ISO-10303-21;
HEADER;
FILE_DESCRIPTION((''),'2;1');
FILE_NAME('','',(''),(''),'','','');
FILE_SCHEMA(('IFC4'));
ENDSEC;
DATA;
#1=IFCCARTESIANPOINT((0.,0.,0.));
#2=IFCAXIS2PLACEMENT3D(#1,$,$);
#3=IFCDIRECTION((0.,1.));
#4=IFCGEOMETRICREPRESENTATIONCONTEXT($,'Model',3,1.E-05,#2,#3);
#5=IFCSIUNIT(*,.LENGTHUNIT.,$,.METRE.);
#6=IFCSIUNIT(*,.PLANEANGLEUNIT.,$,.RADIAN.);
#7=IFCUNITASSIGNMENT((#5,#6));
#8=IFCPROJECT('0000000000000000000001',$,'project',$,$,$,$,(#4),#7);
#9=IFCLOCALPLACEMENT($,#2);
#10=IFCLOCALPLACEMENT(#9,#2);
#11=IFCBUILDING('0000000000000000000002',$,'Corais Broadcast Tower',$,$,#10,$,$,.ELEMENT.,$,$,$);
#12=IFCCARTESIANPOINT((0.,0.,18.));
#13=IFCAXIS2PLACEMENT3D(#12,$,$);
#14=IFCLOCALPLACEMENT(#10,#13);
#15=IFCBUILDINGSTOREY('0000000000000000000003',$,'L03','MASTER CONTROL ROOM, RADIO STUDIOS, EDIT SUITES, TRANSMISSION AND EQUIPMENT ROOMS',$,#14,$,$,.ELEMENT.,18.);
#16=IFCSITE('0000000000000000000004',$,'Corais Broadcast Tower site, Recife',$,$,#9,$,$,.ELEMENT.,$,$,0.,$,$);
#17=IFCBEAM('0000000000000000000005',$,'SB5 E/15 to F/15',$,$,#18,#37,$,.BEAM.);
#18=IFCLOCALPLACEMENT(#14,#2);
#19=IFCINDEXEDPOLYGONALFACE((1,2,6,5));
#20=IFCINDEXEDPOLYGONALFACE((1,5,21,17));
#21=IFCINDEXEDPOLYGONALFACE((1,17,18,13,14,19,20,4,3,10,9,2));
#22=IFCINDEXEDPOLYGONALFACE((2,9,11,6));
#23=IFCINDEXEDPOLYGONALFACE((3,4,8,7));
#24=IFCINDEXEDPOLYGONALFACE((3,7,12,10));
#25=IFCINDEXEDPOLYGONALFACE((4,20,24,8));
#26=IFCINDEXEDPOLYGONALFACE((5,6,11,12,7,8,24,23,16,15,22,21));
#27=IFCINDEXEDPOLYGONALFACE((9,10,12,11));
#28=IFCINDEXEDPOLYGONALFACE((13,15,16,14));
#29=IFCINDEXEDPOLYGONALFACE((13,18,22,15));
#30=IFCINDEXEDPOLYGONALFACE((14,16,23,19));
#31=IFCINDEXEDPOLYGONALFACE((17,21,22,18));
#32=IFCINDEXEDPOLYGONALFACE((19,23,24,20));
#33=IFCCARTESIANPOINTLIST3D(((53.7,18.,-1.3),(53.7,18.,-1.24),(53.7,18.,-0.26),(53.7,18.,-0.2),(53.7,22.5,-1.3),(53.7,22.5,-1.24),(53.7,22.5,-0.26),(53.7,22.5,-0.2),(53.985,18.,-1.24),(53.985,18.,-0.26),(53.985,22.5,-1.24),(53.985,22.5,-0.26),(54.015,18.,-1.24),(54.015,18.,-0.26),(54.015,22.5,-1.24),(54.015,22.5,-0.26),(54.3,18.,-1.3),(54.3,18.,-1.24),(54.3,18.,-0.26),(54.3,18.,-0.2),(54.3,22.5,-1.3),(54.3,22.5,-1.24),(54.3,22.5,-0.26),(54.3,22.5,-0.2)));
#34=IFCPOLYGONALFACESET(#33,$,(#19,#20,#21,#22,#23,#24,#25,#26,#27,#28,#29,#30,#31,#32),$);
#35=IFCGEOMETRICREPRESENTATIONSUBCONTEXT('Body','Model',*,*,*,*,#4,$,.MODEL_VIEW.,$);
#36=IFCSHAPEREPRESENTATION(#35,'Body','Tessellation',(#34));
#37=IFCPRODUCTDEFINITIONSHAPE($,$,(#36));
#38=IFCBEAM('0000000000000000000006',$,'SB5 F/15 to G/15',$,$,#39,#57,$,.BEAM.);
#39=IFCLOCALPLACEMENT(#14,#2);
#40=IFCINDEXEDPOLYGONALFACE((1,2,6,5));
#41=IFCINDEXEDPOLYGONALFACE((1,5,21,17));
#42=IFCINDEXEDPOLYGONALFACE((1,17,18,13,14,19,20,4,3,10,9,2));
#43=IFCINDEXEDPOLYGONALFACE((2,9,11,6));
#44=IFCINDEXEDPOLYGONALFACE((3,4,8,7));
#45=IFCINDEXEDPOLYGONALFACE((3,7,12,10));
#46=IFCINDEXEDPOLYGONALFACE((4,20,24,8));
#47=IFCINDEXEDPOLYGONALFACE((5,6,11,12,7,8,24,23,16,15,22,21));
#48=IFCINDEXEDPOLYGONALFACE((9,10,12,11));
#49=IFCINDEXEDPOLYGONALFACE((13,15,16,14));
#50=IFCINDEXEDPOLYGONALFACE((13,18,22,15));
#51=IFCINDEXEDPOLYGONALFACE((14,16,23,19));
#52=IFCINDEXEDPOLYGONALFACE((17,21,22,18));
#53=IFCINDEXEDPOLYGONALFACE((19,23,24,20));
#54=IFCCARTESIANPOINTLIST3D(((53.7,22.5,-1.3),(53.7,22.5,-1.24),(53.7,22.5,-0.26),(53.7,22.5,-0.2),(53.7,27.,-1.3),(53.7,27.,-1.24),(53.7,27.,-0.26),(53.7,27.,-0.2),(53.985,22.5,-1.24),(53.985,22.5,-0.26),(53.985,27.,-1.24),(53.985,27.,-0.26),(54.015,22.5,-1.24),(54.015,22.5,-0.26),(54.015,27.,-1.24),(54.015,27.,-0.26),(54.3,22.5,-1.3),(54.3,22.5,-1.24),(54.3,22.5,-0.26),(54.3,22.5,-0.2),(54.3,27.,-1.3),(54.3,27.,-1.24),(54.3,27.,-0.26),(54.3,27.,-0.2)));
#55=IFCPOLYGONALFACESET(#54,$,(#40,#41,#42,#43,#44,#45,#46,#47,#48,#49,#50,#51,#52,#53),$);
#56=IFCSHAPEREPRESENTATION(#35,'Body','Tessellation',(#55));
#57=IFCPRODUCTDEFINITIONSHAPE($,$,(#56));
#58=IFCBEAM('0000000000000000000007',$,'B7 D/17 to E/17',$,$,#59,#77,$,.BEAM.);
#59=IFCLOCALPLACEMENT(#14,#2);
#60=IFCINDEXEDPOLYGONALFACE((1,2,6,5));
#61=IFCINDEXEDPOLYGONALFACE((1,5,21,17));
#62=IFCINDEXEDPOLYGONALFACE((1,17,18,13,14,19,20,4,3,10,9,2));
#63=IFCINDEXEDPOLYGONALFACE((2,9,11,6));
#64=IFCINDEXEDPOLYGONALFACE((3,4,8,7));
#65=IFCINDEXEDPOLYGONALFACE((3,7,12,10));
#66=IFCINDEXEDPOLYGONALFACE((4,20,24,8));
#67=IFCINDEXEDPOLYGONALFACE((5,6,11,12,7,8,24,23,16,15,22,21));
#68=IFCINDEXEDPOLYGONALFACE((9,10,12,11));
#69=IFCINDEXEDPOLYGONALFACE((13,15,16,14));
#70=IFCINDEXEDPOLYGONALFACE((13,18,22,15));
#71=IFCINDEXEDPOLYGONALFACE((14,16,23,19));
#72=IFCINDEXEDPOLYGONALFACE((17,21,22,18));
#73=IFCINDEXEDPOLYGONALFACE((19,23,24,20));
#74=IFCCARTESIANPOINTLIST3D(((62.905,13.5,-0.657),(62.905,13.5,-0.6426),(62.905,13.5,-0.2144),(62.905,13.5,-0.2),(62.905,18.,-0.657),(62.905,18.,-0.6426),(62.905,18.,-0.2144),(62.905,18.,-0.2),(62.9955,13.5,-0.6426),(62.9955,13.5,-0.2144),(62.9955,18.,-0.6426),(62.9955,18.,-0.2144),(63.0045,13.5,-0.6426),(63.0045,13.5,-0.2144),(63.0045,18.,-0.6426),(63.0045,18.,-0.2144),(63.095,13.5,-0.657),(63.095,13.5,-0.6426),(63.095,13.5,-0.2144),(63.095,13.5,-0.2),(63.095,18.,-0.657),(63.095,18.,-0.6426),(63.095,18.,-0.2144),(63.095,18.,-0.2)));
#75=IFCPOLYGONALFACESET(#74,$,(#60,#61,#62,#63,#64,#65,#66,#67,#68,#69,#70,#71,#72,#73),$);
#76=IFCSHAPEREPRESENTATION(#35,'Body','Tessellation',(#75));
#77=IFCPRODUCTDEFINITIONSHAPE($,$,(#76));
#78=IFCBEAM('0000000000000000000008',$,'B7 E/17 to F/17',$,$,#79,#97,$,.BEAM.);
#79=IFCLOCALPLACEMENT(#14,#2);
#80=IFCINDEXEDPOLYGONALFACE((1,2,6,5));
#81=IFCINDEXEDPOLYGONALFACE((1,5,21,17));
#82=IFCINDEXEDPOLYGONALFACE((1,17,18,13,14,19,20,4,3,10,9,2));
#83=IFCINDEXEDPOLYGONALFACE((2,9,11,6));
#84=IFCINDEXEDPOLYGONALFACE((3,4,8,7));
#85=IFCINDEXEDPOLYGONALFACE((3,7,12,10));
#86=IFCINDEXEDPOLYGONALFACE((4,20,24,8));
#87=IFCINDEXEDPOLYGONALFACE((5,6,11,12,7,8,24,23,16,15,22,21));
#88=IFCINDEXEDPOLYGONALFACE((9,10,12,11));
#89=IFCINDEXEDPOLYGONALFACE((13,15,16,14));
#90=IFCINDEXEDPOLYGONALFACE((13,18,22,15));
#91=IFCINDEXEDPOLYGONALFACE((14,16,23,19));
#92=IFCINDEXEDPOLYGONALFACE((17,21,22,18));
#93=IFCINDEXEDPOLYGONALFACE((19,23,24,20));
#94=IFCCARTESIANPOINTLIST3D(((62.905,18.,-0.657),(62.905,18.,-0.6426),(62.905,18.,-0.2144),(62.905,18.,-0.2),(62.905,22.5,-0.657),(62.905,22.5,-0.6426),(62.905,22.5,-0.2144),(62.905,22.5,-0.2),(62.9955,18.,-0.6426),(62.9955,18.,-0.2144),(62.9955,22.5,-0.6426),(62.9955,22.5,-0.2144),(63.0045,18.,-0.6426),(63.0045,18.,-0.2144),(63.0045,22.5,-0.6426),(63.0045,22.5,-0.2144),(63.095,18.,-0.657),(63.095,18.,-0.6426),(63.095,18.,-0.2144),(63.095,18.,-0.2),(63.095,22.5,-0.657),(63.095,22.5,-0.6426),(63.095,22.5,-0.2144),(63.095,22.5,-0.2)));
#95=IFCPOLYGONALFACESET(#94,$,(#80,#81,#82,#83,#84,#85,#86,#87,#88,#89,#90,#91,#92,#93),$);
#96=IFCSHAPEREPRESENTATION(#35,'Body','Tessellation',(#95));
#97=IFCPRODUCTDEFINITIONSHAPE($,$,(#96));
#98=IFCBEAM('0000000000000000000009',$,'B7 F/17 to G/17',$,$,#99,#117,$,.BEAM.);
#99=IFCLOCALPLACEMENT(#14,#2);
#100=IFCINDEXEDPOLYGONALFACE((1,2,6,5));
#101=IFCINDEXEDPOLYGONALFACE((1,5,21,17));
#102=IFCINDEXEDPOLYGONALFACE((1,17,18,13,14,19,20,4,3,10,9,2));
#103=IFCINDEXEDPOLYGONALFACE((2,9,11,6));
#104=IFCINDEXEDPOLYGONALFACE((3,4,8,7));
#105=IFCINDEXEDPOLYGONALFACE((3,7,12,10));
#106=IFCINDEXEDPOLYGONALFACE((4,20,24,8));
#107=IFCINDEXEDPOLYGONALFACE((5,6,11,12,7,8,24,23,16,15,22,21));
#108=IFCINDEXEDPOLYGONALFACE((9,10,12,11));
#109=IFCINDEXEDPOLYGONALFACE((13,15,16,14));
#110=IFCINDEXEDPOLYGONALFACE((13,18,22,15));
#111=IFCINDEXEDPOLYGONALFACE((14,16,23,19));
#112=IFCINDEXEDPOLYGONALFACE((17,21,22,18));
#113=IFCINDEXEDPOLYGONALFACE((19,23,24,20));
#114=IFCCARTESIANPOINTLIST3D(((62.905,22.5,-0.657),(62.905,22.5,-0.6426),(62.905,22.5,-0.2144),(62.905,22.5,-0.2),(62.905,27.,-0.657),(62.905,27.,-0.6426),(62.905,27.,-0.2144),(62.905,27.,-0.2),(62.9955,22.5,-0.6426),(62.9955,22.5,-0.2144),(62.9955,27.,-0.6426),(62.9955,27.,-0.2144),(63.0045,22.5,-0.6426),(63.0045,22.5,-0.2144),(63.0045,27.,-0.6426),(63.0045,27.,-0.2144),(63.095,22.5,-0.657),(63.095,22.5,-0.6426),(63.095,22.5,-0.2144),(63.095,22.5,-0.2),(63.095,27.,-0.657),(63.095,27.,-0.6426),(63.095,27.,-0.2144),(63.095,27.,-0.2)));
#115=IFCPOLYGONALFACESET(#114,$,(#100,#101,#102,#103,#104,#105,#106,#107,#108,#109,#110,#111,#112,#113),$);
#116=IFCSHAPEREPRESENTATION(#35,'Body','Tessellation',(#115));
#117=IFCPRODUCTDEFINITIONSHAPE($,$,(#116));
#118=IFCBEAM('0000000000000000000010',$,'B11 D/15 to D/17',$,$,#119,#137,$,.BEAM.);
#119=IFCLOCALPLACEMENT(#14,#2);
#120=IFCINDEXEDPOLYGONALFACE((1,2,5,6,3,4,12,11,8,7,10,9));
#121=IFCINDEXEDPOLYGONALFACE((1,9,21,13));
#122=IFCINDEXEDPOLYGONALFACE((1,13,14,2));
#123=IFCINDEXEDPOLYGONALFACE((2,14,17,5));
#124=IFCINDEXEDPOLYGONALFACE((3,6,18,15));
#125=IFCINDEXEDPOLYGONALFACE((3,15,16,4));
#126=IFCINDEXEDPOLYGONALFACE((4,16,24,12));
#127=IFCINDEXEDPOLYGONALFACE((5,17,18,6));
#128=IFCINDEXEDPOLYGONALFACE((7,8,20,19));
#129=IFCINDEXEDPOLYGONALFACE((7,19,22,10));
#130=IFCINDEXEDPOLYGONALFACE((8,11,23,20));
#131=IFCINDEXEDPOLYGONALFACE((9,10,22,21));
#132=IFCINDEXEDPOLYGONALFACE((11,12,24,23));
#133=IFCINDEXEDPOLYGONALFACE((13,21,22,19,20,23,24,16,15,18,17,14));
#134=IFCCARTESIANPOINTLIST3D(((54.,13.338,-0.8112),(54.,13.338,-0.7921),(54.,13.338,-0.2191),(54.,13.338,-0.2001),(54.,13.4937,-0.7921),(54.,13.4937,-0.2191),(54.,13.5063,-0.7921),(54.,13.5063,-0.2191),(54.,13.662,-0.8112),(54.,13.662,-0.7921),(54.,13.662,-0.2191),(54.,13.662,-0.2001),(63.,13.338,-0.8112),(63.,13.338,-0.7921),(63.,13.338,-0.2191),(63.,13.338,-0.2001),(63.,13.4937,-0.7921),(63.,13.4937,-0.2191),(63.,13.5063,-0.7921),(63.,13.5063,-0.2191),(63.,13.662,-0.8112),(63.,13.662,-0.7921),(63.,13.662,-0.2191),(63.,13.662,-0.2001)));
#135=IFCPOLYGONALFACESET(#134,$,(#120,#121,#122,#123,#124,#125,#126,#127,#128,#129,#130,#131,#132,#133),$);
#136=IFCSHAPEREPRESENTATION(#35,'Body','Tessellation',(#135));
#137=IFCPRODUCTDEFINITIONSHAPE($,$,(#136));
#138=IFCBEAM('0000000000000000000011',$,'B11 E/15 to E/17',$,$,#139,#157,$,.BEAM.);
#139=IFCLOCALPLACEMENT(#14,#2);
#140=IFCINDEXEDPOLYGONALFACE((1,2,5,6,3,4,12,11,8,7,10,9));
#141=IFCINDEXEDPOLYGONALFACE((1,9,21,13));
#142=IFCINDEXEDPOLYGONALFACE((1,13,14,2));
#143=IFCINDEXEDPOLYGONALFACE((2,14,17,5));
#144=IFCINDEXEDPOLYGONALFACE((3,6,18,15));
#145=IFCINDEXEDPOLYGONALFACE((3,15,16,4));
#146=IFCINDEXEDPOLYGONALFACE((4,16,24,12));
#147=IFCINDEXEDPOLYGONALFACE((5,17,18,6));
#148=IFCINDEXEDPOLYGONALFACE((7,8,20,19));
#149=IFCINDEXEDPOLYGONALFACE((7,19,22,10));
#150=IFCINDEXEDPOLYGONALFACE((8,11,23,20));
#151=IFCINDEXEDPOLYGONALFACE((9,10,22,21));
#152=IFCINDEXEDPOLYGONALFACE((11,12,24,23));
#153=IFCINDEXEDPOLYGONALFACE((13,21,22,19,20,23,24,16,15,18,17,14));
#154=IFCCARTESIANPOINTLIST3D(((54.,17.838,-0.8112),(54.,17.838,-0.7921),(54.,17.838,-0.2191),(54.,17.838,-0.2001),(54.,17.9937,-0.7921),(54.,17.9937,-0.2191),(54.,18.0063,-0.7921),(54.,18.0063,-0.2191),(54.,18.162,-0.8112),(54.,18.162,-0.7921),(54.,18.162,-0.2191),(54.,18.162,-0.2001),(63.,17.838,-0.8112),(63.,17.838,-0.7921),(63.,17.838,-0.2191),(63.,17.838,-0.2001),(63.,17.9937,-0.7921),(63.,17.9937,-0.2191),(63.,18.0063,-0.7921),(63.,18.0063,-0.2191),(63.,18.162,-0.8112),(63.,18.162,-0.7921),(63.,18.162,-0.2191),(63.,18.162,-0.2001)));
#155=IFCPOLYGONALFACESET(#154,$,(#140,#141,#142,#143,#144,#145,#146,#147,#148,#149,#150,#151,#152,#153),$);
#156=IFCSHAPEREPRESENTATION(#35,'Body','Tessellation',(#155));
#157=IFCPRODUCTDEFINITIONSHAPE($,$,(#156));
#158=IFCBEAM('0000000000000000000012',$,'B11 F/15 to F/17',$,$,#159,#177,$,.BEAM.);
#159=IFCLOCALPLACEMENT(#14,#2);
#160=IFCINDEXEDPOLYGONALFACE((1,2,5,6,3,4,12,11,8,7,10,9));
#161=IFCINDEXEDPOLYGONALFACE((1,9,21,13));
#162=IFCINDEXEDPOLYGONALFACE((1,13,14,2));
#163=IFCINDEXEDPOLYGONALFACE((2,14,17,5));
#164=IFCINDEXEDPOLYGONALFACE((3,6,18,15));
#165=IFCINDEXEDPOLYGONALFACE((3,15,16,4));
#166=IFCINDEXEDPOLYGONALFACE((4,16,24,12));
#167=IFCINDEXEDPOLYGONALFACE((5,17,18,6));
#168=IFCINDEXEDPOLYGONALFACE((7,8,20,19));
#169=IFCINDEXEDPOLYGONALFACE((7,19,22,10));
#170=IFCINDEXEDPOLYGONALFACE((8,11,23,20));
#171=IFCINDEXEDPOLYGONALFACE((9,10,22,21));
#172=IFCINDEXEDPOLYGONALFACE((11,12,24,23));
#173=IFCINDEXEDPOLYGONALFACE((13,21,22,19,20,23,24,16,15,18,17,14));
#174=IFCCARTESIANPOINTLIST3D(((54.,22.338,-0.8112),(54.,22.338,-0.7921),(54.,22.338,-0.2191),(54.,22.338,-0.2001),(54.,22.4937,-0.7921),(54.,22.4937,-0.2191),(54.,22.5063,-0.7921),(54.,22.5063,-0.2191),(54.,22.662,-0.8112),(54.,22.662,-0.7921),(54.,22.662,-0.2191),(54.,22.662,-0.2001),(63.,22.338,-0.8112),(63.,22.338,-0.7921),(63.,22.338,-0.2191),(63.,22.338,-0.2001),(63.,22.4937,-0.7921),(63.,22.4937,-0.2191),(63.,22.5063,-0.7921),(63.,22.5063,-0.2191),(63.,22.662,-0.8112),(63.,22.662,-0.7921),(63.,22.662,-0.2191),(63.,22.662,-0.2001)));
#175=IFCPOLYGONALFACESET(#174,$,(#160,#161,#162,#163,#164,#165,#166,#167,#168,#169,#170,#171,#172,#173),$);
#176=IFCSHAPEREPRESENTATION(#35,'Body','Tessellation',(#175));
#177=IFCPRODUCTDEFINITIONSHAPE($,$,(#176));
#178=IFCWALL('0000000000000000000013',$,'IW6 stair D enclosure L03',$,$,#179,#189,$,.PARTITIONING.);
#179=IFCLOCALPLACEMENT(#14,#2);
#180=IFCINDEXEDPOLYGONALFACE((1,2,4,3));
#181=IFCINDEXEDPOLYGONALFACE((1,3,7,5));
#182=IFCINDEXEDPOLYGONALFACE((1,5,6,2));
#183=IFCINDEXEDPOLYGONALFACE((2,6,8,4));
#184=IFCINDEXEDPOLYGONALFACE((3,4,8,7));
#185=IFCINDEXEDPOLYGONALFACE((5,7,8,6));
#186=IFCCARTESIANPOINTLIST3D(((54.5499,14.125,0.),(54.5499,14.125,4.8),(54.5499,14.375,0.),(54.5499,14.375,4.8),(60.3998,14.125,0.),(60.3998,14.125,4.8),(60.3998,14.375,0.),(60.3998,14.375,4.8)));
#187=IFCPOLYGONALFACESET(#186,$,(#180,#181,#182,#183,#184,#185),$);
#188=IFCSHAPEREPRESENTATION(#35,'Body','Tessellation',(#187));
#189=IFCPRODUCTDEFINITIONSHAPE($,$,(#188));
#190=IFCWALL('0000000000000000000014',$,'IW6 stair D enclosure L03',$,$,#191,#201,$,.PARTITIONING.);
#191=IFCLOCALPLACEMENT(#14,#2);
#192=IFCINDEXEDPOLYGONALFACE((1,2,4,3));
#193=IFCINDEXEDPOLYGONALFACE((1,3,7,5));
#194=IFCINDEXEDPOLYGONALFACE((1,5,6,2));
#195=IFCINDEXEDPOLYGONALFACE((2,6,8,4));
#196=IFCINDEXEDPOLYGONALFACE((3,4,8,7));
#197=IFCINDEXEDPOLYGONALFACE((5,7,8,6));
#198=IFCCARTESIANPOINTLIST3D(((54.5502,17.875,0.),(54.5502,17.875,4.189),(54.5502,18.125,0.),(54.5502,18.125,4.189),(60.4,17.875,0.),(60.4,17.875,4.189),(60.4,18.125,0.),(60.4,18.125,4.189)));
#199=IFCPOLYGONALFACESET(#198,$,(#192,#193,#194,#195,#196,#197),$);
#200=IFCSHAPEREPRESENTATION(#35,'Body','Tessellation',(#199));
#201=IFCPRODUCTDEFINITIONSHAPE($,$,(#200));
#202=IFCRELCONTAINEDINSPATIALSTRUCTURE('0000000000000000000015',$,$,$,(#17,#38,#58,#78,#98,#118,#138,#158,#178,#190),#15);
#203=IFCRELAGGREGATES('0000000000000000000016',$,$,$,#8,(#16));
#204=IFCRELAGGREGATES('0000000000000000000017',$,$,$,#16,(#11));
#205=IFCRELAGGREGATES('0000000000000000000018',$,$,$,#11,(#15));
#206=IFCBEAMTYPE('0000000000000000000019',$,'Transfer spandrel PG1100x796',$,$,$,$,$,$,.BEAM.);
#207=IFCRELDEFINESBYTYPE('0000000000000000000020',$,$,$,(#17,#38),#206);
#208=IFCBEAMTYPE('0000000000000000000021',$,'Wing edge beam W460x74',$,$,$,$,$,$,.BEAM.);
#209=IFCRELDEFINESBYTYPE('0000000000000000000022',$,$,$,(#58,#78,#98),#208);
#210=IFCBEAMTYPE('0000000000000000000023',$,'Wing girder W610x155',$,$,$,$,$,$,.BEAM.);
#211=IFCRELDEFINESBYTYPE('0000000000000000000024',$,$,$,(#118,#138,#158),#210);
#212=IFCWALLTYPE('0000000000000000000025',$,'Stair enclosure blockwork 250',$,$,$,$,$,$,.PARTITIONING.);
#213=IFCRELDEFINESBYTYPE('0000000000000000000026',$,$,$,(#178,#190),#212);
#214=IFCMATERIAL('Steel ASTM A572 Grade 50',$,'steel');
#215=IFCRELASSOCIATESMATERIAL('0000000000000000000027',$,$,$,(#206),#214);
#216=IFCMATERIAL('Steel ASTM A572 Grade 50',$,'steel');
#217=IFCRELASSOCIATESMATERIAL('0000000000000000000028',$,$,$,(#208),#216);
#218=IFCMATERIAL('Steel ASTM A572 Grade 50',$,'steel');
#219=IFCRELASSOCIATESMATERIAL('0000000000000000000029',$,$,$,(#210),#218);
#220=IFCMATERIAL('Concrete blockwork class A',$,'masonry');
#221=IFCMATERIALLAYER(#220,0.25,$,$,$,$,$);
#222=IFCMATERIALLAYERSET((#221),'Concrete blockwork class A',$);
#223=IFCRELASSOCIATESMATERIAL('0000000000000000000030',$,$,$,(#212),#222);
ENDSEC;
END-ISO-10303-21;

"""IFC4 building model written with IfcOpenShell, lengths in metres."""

from ifc_helpers import new_model, si_unit, direction, frame, frame_2d, origin, origin_2d, place, context, subcontext, project, spatial, rectangle, i_section, extrude, material, layer, layer_set, material_profile, profile_set, type_object, element, save


model = new_model("IFC4")

# Units and contexts
model_context = context("Model", 3, precision=1e-05, world=origin(), true_north=direction((0.0, 1.0)))
body_context = subcontext(model_context, "Body", "Model", "MODEL_VIEW")
ifc_project = project(units=[si_unit("LENGTHUNIT", "METRE"), si_unit("PLANEANGLEUNIT", "RADIAN")], contexts=[model_context])

# Site, building, storey
site_placement = place(None, origin())
site = spatial("IfcSite", under=ifc_project, at=site_placement, Name="Corais Broadcast Tower site, Recife", CompositionType="ELEMENT", RefElevation=0.0)
building_placement = place(site_placement, origin())
building = spatial("IfcBuilding", under=site, at=building_placement, Name="Corais Broadcast Tower", CompositionType="ELEMENT")
storey_placement = place(building_placement, frame((0.0, 0.0, 18.0)))
storey = spatial("IfcBuildingStorey", under=building, at=storey_placement, Name="L03", Description="MASTER CONTROL ROOM, RADIO STUDIOS, EDIT SUITES, TRANSMISSION AND EQUIPMENT ROOMS", CompositionType="ELEMENT", Elevation=18.0)

# Beams
ifc_material_1 = material(Name="Steel ASTM A572 Grade 50", Category="steel")
ifc_material_profile_1 = material_profile(ifc_material_1, i_section(OverallWidth=0.6001, OverallDepth=1.1001, WebThickness=0.03, FlangeThickness=0.0601, at=origin_2d()), Name="PG1100x796")
ifc_profile_set_1 = profile_set([ifc_material_profile_1], Name="Steel ASTM A572 Grade 50")
beam_type_1 = type_object("IfcBeamType", Name="Transfer spandrel PG1100x796", PredefinedType="BEAM", material=ifc_profile_set_1)
for number, where, z_axis, x_axis, name in (
    (1, (54.0, 18.0, -0.75), (0.0, 1.0, 0.0), (-1.0, 0.0, 0.0), "SB5 E/15 to F/15"),
    (2, (54.0, 22.5, -0.75), (0.0, 1.0, 0.0), (-1.0, 0.0, 0.0), "SB5 F/15 to G/15"),
):
    element("IfcBeam", number, at=place(storey_placement, frame(where, z_axis=z_axis, x_axis=x_axis)), inside=storey, type_object=beam_type_1, Name=name, PredefinedType="BEAM", context=body_context, shape_type="SweptSolid", body=[
        extrude(i_section(OverallWidth=0.6001, OverallDepth=1.1001, WebThickness=0.03, FlangeThickness=0.0601, at=origin_2d()), origin(), (0.0, 0.0, 1.0), 4.5),
    ])
ifc_material_2 = material(Name="Steel ASTM A572 Grade 50", Category="steel")
ifc_material_profile_2 = material_profile(ifc_material_2, i_section(OverallWidth=0.1899, OverallDepth=0.457, WebThickness=0.009, FlangeThickness=0.0144, at=origin_2d()), Name="W460x74")
ifc_profile_set_2 = profile_set([ifc_material_profile_2], Name="Steel ASTM A572 Grade 50")
beam_type_2 = type_object("IfcBeamType", Name="Wing edge beam W460x74", PredefinedType="BEAM", material=ifc_profile_set_2)
for number, where, z_axis, x_axis, name in (
    (3, (63.0, 13.5, -0.4285), (0.0, 1.0, 0.0), (-1.0, 0.0, 0.0), "B7 D/17 to E/17"),
    (4, (63.0, 18.0, -0.4285), (0.0, 1.0, 0.0), (-1.0, 0.0, 0.0), "B7 E/17 to F/17"),
    (5, (63.0, 22.5, -0.4285), (0.0, 1.0, 0.0), (-1.0, 0.0, 0.0), "B7 F/17 to G/17"),
):
    element("IfcBeam", number, at=place(storey_placement, frame(where, z_axis=z_axis, x_axis=x_axis)), inside=storey, type_object=beam_type_2, Name=name, PredefinedType="BEAM", context=body_context, shape_type="SweptSolid", body=[
        extrude(i_section(OverallWidth=0.1899, OverallDepth=0.457, WebThickness=0.009, FlangeThickness=0.0144, at=origin_2d()), origin(), (0.0, 0.0, 1.0), 4.5),
    ])
ifc_material_3 = material(Name="Steel ASTM A572 Grade 50", Category="steel")
ifc_material_profile_3 = material_profile(ifc_material_3, i_section(OverallWidth=0.324, OverallDepth=0.6111, WebThickness=0.0127, FlangeThickness=0.019, at=origin_2d()), Name="W610x155")
ifc_profile_set_3 = profile_set([ifc_material_profile_3], Name="Steel ASTM A572 Grade 50")
beam_type_3 = type_object("IfcBeamType", Name="Wing girder W610x155", PredefinedType="BEAM", material=ifc_profile_set_3)
for number, where, z_axis, x_axis, name in (
    (6, (54.0, 13.5, -0.5056), (1.0, 0.0, 0.0), (0.0, 1.0, 0.0), "B11 D/15 to D/17"),
    (7, (54.0, 18.0, -0.5056), (1.0, 0.0, 0.0), (0.0, 1.0, 0.0), "B11 E/15 to E/17"),
    (8, (54.0, 22.5, -0.5056), (1.0, 0.0, 0.0), (0.0, 1.0, 0.0), "B11 F/15 to F/17"),
):
    element("IfcBeam", number, at=place(storey_placement, frame(where, z_axis=z_axis, x_axis=x_axis)), inside=storey, type_object=beam_type_3, Name=name, PredefinedType="BEAM", context=body_context, shape_type="SweptSolid", body=[
        extrude(i_section(OverallWidth=0.324, OverallDepth=0.6111, WebThickness=0.0127, FlangeThickness=0.019, at=origin_2d()), origin(), (0.0, 0.0, 1.0), 9.0),
    ])

# Walls
ifc_material_4 = material(Name="Concrete blockwork class A", Category="masonry")
ifc_layer_1 = layer(ifc_material_4, 0.25)
ifc_layer_set_1 = layer_set([ifc_layer_1], Name="Concrete blockwork class A")
wall_type_1 = type_object("IfcWallType", Name="Stair enclosure blockwork 250", PredefinedType="PARTITIONING", material=ifc_layer_set_1)
wall_1_placement = place(storey_placement, frame((54.55, 14.25, 0.0), z_axis=(0.0, 0.0, 1.0), x_axis=(1.0, 0.0, 0.0)))
element("IfcWall", 9, at=wall_1_placement, inside=storey, type_object=wall_type_1, Name="IW6 stair D enclosure L03", PredefinedType="PARTITIONING", context=body_context, shape_type="SweptSolid", body=[
    extrude(rectangle(XDim=5.8499, YDim=0.25, at=frame_2d((2.9248, 0.0))), origin(), (0.0, 0.0, 1.0), 4.8),
])
wall_2_placement = place(storey_placement, frame((60.3999, 18.0, 0.0), z_axis=(0.0, 0.0, 1.0), x_axis=(-1.0, 0.0, 0.0)))
element("IfcWall", 10, at=wall_2_placement, inside=storey, type_object=wall_type_1, Name="IW6 stair D enclosure L03", PredefinedType="PARTITIONING", context=body_context, shape_type="SweptSolid", body=[
    extrude(rectangle(XDim=5.8499, YDim=0.25, at=frame_2d((2.9248, 0.0))), origin(), (0.0, 0.0, 1.0), 4.189),
])

save(model, "model.ifc")
